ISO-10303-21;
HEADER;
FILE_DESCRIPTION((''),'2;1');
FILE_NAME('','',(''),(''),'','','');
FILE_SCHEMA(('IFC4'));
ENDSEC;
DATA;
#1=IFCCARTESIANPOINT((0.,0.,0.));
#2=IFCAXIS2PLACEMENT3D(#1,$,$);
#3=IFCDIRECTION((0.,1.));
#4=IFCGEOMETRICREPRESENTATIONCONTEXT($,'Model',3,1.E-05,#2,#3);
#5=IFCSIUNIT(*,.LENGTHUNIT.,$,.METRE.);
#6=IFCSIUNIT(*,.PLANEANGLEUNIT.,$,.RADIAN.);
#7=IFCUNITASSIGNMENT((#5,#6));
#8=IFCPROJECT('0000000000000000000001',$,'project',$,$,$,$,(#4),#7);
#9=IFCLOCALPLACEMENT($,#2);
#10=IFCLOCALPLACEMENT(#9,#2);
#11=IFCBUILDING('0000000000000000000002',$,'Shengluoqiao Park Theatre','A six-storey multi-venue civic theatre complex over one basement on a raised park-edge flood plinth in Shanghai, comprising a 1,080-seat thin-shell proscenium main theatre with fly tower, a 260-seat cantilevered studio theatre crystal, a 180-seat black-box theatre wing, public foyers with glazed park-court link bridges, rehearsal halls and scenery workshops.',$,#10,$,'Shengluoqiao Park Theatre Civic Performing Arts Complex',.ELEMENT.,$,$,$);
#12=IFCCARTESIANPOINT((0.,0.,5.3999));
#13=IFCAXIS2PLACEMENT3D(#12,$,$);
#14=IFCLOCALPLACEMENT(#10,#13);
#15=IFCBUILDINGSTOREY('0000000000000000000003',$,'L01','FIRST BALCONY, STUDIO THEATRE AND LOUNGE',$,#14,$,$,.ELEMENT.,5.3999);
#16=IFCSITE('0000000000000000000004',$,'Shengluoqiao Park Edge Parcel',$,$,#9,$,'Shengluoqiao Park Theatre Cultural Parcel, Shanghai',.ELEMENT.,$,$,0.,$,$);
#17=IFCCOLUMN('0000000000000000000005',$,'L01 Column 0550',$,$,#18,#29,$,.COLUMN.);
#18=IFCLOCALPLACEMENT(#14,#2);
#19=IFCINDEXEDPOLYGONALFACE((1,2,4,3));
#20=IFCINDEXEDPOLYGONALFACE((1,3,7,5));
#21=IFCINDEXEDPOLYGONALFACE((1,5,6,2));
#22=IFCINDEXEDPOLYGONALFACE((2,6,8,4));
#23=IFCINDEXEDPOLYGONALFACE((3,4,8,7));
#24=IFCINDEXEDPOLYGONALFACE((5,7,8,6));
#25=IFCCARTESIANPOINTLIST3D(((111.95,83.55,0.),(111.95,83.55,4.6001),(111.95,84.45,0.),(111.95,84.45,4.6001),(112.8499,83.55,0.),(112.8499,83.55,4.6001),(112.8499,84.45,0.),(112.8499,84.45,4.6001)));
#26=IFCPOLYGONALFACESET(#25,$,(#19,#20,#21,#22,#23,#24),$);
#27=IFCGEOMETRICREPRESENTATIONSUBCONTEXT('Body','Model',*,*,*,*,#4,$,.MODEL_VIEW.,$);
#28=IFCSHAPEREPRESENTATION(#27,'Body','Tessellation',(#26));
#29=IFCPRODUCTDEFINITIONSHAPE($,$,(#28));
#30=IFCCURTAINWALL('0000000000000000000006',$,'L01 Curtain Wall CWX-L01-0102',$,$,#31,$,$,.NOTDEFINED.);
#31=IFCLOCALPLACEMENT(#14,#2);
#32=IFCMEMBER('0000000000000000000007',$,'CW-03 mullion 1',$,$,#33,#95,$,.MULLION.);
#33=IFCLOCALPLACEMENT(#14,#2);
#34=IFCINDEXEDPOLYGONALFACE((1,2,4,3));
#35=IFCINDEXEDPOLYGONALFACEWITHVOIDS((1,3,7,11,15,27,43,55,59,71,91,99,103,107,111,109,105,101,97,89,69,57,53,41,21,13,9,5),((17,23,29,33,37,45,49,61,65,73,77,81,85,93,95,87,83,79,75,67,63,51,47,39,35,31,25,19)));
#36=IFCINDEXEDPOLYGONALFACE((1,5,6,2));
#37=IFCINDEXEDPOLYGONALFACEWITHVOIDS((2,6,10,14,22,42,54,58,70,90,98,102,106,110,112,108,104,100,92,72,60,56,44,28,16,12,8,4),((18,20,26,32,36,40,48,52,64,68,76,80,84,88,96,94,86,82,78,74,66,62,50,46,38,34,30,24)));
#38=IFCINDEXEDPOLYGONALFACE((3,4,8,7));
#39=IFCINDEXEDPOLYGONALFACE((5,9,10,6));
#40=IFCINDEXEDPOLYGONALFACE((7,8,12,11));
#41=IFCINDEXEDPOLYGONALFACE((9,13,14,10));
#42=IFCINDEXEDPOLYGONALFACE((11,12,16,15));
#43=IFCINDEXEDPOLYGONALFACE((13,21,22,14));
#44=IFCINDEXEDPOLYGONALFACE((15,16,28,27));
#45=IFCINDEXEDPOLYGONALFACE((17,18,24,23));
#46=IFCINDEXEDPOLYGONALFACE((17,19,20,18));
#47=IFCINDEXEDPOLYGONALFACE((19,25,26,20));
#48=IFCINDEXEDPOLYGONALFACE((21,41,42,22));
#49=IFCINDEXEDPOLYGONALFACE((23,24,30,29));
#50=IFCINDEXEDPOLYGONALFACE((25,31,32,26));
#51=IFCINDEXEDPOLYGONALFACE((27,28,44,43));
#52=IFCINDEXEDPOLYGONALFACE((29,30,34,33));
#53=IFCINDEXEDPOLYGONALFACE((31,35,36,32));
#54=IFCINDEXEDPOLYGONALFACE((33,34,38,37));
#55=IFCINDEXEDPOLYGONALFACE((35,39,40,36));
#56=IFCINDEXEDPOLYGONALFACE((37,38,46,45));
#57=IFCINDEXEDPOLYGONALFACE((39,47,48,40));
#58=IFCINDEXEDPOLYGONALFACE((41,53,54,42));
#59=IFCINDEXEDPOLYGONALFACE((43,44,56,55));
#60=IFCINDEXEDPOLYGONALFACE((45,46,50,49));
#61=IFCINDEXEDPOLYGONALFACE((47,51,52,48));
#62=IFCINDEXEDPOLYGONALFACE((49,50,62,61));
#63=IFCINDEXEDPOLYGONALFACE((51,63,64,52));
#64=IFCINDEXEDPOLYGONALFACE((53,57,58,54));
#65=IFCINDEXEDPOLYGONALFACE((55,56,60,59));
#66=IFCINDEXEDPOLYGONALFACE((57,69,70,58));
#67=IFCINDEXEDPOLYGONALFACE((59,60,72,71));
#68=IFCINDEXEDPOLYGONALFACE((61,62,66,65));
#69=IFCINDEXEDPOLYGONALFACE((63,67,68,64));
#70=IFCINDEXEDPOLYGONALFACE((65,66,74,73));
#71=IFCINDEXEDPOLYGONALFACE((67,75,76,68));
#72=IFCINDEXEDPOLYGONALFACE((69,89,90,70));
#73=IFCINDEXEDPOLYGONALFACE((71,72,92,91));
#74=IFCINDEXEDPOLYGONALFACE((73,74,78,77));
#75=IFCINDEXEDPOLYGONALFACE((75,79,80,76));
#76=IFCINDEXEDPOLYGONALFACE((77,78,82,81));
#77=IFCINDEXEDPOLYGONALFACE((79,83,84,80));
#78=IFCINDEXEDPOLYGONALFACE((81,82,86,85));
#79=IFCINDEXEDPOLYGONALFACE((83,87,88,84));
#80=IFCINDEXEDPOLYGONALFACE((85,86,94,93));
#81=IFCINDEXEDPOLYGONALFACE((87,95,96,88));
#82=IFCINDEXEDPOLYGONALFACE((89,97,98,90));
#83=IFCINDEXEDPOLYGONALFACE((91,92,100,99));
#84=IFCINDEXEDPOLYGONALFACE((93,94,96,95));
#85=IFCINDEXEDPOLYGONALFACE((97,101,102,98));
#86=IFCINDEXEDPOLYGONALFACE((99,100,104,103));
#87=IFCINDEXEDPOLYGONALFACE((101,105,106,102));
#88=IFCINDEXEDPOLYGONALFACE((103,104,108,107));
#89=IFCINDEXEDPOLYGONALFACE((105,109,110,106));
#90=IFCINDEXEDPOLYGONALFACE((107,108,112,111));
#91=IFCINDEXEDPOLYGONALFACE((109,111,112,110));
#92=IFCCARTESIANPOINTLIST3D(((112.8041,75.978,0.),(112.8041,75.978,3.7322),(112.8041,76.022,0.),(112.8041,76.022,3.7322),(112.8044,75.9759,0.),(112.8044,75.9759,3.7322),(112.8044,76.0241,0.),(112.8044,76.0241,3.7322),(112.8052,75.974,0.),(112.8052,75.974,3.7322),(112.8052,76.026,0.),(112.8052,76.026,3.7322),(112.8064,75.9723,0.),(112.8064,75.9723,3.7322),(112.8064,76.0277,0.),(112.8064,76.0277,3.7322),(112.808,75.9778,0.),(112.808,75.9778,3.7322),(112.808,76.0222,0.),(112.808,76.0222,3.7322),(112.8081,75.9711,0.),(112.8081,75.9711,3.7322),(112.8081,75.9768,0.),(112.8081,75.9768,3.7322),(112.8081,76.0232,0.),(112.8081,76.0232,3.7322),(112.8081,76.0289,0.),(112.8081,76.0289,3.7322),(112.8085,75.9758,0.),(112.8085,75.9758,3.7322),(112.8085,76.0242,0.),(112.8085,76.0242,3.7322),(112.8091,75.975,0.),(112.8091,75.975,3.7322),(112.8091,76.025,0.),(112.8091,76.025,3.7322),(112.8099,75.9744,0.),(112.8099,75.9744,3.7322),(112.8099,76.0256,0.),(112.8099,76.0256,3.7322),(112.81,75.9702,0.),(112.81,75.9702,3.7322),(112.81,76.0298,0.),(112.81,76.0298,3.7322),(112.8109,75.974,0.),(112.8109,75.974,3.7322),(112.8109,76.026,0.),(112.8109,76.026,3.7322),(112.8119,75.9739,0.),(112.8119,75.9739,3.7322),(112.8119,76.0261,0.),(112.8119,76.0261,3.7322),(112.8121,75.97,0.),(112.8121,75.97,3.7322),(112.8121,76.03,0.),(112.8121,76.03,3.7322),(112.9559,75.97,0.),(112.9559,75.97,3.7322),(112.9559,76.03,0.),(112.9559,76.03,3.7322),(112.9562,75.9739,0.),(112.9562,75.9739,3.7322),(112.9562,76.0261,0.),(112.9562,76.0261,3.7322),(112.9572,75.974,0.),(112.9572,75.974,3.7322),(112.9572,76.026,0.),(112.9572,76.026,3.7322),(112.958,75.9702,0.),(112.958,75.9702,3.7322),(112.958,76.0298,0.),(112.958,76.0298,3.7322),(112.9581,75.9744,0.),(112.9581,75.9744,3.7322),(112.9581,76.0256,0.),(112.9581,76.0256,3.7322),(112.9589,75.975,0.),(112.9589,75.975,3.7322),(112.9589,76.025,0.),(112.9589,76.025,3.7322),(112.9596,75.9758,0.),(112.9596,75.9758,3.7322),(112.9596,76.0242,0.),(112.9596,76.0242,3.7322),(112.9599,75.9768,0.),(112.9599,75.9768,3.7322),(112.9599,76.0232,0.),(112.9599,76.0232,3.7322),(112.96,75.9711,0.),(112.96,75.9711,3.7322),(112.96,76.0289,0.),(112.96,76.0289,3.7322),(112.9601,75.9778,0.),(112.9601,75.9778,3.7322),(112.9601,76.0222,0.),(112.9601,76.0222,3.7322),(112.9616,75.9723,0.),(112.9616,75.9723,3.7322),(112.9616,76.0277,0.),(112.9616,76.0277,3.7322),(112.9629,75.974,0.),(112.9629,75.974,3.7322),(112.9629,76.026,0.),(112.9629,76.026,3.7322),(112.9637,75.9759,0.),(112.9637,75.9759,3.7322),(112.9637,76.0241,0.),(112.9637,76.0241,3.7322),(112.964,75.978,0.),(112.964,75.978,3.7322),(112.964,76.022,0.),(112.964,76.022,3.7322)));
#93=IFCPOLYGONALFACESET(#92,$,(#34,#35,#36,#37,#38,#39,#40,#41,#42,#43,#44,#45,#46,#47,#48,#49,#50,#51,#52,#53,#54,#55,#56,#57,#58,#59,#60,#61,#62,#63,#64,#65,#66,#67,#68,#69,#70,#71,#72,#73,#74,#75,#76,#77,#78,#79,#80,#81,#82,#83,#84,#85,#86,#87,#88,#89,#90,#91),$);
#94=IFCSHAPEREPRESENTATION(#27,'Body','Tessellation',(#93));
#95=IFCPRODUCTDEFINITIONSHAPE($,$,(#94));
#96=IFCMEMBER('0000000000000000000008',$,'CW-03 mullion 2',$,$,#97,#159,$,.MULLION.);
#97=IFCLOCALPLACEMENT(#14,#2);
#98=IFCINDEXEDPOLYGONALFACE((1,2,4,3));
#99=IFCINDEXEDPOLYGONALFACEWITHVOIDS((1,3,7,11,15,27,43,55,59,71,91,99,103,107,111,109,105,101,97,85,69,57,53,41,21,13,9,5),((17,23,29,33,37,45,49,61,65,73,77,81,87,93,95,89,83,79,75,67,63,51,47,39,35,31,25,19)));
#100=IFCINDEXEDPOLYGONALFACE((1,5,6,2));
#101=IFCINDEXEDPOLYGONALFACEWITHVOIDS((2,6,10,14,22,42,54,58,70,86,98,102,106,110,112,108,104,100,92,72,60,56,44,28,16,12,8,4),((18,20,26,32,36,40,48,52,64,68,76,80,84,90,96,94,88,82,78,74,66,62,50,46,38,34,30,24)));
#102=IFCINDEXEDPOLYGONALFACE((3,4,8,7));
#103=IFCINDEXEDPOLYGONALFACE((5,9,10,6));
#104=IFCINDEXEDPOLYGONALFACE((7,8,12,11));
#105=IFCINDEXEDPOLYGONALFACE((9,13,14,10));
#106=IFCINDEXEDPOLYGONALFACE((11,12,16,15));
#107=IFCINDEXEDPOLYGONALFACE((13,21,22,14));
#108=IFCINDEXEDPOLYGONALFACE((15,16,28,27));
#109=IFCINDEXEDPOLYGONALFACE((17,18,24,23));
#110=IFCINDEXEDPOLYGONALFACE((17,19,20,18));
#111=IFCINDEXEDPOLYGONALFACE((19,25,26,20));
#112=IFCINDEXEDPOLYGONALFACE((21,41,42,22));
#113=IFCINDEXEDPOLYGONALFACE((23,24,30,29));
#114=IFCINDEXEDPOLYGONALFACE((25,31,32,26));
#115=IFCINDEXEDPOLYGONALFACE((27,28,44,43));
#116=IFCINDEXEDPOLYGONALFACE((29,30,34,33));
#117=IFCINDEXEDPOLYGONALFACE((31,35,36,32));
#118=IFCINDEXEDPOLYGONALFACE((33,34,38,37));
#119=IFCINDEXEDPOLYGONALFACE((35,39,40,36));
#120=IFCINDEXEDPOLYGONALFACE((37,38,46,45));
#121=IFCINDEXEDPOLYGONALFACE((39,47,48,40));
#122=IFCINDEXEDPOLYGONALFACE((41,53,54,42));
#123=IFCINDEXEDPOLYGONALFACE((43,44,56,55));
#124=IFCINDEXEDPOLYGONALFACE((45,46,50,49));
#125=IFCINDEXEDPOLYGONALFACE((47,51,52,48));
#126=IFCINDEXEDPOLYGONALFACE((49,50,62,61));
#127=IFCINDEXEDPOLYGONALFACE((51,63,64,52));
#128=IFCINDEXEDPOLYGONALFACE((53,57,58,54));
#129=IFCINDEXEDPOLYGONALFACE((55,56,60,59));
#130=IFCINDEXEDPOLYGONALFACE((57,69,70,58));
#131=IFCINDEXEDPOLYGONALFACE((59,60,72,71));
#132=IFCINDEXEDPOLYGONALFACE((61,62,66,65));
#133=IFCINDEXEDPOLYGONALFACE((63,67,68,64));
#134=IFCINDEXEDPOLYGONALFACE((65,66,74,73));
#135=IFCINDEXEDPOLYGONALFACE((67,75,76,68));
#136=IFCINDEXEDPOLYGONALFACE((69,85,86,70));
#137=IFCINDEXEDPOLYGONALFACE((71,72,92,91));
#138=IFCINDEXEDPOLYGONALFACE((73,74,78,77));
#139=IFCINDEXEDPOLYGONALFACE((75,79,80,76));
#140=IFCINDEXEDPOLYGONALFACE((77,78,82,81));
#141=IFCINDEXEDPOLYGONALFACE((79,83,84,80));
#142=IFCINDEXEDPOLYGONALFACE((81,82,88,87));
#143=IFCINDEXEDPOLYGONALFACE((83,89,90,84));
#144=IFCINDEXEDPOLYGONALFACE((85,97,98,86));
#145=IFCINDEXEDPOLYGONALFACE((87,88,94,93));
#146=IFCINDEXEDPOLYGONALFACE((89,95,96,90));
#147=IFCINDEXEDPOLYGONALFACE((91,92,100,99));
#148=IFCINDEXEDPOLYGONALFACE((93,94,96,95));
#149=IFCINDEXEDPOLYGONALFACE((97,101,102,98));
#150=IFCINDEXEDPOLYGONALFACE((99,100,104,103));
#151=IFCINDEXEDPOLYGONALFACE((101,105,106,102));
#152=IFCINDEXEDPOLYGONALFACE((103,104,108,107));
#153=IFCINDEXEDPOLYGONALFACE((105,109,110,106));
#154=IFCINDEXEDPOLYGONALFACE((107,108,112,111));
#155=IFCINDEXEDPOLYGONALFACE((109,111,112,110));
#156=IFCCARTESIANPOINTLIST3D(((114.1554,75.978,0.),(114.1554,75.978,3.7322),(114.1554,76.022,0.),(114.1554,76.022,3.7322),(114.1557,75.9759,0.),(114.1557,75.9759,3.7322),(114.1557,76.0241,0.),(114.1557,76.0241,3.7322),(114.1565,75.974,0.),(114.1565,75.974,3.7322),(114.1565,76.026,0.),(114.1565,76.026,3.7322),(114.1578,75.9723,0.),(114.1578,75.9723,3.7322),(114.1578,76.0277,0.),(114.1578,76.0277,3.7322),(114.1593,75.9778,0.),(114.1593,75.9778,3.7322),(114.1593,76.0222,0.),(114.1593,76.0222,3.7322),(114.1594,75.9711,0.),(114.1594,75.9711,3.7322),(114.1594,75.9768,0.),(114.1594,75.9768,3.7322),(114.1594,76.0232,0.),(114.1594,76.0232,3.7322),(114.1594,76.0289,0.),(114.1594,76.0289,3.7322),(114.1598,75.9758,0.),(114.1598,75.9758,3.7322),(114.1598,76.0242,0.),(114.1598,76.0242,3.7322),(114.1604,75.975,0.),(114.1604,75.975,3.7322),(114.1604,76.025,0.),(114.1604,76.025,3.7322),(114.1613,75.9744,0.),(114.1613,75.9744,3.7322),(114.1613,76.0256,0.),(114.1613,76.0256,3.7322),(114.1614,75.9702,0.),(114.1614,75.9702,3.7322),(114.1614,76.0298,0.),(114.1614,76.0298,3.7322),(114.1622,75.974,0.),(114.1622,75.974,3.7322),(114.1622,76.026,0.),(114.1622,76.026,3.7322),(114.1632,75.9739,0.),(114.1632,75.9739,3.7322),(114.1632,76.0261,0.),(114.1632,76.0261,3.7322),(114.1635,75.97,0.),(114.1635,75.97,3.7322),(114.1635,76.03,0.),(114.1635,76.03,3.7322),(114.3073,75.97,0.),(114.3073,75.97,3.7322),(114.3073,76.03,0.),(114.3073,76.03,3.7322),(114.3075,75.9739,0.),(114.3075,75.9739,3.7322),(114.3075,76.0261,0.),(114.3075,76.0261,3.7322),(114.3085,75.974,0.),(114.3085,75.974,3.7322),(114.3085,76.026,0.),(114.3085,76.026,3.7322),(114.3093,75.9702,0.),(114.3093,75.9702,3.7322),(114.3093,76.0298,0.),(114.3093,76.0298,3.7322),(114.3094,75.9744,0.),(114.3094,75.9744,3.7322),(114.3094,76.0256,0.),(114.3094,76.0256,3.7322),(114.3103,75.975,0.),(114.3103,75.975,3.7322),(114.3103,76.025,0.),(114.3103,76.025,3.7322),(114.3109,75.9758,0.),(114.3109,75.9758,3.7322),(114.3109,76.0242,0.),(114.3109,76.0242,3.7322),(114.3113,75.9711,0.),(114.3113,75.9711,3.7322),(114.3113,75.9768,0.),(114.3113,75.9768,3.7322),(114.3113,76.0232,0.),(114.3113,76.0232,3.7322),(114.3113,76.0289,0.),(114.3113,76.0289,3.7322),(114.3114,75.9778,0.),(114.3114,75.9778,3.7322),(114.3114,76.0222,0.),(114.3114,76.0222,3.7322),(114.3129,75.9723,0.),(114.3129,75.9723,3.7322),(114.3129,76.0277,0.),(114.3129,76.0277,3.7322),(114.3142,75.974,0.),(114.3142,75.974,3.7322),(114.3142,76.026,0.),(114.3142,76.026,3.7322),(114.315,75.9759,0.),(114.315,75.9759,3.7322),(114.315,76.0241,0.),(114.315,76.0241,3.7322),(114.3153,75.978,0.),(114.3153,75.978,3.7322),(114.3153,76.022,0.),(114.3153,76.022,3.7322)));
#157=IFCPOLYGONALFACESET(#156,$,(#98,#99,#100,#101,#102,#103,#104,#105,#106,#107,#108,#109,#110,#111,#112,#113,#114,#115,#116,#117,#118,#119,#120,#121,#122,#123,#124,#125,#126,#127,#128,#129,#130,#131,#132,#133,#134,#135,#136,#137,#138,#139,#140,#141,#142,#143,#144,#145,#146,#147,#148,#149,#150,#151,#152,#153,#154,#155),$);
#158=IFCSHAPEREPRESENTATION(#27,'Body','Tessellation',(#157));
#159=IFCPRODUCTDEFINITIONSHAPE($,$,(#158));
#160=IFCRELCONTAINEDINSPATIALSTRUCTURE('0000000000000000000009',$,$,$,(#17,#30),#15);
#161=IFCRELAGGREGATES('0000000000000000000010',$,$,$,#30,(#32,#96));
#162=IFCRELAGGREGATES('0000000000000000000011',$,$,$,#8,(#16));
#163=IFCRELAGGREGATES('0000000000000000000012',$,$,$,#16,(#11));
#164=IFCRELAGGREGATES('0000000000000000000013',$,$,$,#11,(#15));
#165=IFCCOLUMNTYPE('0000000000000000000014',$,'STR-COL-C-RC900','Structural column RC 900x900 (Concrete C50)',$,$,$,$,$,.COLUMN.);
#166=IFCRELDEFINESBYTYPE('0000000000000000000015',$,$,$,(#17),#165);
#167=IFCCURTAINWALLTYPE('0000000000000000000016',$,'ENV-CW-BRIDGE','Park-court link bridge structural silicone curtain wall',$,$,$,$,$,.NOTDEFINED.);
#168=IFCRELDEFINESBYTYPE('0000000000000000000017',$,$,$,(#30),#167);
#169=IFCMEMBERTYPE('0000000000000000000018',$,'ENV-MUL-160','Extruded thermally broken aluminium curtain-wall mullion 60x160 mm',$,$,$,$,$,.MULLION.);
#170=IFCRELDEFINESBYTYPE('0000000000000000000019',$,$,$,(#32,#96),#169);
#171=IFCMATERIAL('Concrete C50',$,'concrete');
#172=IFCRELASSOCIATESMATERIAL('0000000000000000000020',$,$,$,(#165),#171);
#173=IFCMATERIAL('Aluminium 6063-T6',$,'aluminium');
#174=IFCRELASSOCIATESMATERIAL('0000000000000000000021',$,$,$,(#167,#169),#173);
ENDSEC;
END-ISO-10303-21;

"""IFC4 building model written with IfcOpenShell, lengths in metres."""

from ifc_helpers import new_model, si_unit, direction, frame, origin, origin_2d, place, context, subcontext, project, spatial, rectangle, hollow_rectangle, extrude, material, material_profile, profile_set, type_object, element, aggregate, save


model = new_model("IFC4")

# Units and contexts
model_context = context("Model", 3, precision=1e-05, world=origin(), true_north=direction((0.0, 1.0)))
body_context = subcontext(model_context, "Body", "Model", "MODEL_VIEW")
ifc_project = project(units=[si_unit("LENGTHUNIT", "METRE"), si_unit("PLANEANGLEUNIT", "RADIAN")], contexts=[model_context])

# Site, building, storey
site_placement = place(None, origin())
site = spatial("IfcSite", under=ifc_project, at=site_placement, Name="Shengluoqiao Park Edge Parcel", LongName="Shengluoqiao Park Theatre Cultural Parcel, Shanghai", CompositionType="ELEMENT", RefElevation=0.0)
building_placement = place(site_placement, origin())
building = spatial("IfcBuilding", under=site, at=building_placement, Name="Shengluoqiao Park Theatre", Description="A six-storey multi-venue civic theatre complex over one basement on a raised park-edge flood plinth in Shanghai, comprising a 1,080-seat thin-shell proscenium main theatre with fly tower, a 260-seat cantilevered studio theatre crystal, a 180-seat black-box theatre wing, public foyers with glazed park-court link bridges, rehearsal halls and scenery workshops.", LongName="Shengluoqiao Park Theatre Civic Performing Arts Complex", CompositionType="ELEMENT")
storey_placement = place(building_placement, frame((0.0, 0.0, 5.3999)))
storey = spatial("IfcBuildingStorey", under=building, at=storey_placement, Name="L01", Description="FIRST BALCONY, STUDIO THEATRE AND LOUNGE", CompositionType="ELEMENT", Elevation=5.3999)

# Column
ifc_material_1 = material(Name="Concrete C50", Category="concrete")
ifc_material_profile_1 = material_profile(ifc_material_1, rectangle(XDim=0.8999, YDim=0.8999, at=origin_2d()), Name="RC 900x900")
ifc_profile_set_1 = profile_set([ifc_material_profile_1], Name="Concrete C50")
column_type = type_object("IfcColumnType", Name="STR-COL-C-RC900", Description="Structural column RC 900x900 (Concrete C50)", PredefinedType="COLUMN", material=ifc_profile_set_1)
column_placement = place(storey_placement, frame((112.3999, 84.0, 0.0), z_axis=(0.0, 0.0, 1.0), x_axis=(1.0, 0.0, 0.0)))
element("IfcColumn", 1, at=column_placement, inside=storey, type_object=column_type, Name="L01 Column 0550", PredefinedType="COLUMN", context=body_context, shape_type="SweptSolid", body=[
    extrude(rectangle(XDim=0.8999, YDim=0.8999, at=origin_2d()), origin(), (0.0, 0.0, 1.0), 4.6001),
])

# Curtain wall, members
ifc_material_2 = material(Name="Aluminium 6063-T6", Category="aluminium")
curtain_wall_type = type_object("IfcCurtainWallType", Name="ENV-CW-BRIDGE", Description="Park-court link bridge structural silicone curtain wall", PredefinedType="NOTDEFINED", material=ifc_material_2)
curtain_wall_placement = place(storey_placement, origin())
curtain_wall = element("IfcCurtainWall", 2, at=curtain_wall_placement, inside=storey, type_object=curtain_wall_type, Name="L01 Curtain Wall CWX-L01-0102", PredefinedType="NOTDEFINED")
ifc_material_profile_2 = material_profile(ifc_material_2, hollow_rectangle(XDim=0.0601, YDim=0.1599, WallThickness=0.0039, InnerFilletRadius=0.0039, OuterFilletRadius=0.0081, at=origin_2d()), Name="ALU MULLION 160x60x4")
ifc_profile_set_2 = profile_set([ifc_material_profile_2], Name="Aluminium 6063-T6")
member_type_1 = type_object("IfcMemberType", Name="ENV-MUL-160", Description="Extruded thermally broken aluminium curtain-wall mullion 60x160 mm", PredefinedType="MULLION", material=ifc_profile_set_2)
member_1_placement = place(storey_placement, frame((112.884, 76.0, 0.0), z_axis=(0.0, 0.0, 1.0), x_axis=(0.0, 1.0, 0.0)))
member_1 = element("IfcMember", 3, at=member_1_placement, type_object=member_type_1, Name="CW-03 mullion 1", PredefinedType="MULLION", context=body_context, shape_type="SweptSolid", body=[
    extrude(hollow_rectangle(XDim=0.0601, YDim=0.1599, WallThickness=0.0039, InnerFilletRadius=0.0039, OuterFilletRadius=0.0081, at=origin_2d()), origin(), (0.0, 0.0, 1.0), 3.7322),
])
member_2_placement = place(storey_placement, frame((114.2354, 76.0, 0.0), z_axis=(0.0, 0.0, 1.0), x_axis=(0.0, 1.0, 0.0)))
member_2 = element("IfcMember", 4, at=member_2_placement, type_object=member_type_1, Name="CW-03 mullion 2", PredefinedType="MULLION", context=body_context, shape_type="SweptSolid", body=[
    extrude(hollow_rectangle(XDim=0.0601, YDim=0.1599, WallThickness=0.0039, InnerFilletRadius=0.0039, OuterFilletRadius=0.0081, at=origin_2d()), origin(), (0.0, 0.0, 1.0), 3.7322),
])

aggregate(curtain_wall, [member_1, member_2])

save(model, "model.ifc")
